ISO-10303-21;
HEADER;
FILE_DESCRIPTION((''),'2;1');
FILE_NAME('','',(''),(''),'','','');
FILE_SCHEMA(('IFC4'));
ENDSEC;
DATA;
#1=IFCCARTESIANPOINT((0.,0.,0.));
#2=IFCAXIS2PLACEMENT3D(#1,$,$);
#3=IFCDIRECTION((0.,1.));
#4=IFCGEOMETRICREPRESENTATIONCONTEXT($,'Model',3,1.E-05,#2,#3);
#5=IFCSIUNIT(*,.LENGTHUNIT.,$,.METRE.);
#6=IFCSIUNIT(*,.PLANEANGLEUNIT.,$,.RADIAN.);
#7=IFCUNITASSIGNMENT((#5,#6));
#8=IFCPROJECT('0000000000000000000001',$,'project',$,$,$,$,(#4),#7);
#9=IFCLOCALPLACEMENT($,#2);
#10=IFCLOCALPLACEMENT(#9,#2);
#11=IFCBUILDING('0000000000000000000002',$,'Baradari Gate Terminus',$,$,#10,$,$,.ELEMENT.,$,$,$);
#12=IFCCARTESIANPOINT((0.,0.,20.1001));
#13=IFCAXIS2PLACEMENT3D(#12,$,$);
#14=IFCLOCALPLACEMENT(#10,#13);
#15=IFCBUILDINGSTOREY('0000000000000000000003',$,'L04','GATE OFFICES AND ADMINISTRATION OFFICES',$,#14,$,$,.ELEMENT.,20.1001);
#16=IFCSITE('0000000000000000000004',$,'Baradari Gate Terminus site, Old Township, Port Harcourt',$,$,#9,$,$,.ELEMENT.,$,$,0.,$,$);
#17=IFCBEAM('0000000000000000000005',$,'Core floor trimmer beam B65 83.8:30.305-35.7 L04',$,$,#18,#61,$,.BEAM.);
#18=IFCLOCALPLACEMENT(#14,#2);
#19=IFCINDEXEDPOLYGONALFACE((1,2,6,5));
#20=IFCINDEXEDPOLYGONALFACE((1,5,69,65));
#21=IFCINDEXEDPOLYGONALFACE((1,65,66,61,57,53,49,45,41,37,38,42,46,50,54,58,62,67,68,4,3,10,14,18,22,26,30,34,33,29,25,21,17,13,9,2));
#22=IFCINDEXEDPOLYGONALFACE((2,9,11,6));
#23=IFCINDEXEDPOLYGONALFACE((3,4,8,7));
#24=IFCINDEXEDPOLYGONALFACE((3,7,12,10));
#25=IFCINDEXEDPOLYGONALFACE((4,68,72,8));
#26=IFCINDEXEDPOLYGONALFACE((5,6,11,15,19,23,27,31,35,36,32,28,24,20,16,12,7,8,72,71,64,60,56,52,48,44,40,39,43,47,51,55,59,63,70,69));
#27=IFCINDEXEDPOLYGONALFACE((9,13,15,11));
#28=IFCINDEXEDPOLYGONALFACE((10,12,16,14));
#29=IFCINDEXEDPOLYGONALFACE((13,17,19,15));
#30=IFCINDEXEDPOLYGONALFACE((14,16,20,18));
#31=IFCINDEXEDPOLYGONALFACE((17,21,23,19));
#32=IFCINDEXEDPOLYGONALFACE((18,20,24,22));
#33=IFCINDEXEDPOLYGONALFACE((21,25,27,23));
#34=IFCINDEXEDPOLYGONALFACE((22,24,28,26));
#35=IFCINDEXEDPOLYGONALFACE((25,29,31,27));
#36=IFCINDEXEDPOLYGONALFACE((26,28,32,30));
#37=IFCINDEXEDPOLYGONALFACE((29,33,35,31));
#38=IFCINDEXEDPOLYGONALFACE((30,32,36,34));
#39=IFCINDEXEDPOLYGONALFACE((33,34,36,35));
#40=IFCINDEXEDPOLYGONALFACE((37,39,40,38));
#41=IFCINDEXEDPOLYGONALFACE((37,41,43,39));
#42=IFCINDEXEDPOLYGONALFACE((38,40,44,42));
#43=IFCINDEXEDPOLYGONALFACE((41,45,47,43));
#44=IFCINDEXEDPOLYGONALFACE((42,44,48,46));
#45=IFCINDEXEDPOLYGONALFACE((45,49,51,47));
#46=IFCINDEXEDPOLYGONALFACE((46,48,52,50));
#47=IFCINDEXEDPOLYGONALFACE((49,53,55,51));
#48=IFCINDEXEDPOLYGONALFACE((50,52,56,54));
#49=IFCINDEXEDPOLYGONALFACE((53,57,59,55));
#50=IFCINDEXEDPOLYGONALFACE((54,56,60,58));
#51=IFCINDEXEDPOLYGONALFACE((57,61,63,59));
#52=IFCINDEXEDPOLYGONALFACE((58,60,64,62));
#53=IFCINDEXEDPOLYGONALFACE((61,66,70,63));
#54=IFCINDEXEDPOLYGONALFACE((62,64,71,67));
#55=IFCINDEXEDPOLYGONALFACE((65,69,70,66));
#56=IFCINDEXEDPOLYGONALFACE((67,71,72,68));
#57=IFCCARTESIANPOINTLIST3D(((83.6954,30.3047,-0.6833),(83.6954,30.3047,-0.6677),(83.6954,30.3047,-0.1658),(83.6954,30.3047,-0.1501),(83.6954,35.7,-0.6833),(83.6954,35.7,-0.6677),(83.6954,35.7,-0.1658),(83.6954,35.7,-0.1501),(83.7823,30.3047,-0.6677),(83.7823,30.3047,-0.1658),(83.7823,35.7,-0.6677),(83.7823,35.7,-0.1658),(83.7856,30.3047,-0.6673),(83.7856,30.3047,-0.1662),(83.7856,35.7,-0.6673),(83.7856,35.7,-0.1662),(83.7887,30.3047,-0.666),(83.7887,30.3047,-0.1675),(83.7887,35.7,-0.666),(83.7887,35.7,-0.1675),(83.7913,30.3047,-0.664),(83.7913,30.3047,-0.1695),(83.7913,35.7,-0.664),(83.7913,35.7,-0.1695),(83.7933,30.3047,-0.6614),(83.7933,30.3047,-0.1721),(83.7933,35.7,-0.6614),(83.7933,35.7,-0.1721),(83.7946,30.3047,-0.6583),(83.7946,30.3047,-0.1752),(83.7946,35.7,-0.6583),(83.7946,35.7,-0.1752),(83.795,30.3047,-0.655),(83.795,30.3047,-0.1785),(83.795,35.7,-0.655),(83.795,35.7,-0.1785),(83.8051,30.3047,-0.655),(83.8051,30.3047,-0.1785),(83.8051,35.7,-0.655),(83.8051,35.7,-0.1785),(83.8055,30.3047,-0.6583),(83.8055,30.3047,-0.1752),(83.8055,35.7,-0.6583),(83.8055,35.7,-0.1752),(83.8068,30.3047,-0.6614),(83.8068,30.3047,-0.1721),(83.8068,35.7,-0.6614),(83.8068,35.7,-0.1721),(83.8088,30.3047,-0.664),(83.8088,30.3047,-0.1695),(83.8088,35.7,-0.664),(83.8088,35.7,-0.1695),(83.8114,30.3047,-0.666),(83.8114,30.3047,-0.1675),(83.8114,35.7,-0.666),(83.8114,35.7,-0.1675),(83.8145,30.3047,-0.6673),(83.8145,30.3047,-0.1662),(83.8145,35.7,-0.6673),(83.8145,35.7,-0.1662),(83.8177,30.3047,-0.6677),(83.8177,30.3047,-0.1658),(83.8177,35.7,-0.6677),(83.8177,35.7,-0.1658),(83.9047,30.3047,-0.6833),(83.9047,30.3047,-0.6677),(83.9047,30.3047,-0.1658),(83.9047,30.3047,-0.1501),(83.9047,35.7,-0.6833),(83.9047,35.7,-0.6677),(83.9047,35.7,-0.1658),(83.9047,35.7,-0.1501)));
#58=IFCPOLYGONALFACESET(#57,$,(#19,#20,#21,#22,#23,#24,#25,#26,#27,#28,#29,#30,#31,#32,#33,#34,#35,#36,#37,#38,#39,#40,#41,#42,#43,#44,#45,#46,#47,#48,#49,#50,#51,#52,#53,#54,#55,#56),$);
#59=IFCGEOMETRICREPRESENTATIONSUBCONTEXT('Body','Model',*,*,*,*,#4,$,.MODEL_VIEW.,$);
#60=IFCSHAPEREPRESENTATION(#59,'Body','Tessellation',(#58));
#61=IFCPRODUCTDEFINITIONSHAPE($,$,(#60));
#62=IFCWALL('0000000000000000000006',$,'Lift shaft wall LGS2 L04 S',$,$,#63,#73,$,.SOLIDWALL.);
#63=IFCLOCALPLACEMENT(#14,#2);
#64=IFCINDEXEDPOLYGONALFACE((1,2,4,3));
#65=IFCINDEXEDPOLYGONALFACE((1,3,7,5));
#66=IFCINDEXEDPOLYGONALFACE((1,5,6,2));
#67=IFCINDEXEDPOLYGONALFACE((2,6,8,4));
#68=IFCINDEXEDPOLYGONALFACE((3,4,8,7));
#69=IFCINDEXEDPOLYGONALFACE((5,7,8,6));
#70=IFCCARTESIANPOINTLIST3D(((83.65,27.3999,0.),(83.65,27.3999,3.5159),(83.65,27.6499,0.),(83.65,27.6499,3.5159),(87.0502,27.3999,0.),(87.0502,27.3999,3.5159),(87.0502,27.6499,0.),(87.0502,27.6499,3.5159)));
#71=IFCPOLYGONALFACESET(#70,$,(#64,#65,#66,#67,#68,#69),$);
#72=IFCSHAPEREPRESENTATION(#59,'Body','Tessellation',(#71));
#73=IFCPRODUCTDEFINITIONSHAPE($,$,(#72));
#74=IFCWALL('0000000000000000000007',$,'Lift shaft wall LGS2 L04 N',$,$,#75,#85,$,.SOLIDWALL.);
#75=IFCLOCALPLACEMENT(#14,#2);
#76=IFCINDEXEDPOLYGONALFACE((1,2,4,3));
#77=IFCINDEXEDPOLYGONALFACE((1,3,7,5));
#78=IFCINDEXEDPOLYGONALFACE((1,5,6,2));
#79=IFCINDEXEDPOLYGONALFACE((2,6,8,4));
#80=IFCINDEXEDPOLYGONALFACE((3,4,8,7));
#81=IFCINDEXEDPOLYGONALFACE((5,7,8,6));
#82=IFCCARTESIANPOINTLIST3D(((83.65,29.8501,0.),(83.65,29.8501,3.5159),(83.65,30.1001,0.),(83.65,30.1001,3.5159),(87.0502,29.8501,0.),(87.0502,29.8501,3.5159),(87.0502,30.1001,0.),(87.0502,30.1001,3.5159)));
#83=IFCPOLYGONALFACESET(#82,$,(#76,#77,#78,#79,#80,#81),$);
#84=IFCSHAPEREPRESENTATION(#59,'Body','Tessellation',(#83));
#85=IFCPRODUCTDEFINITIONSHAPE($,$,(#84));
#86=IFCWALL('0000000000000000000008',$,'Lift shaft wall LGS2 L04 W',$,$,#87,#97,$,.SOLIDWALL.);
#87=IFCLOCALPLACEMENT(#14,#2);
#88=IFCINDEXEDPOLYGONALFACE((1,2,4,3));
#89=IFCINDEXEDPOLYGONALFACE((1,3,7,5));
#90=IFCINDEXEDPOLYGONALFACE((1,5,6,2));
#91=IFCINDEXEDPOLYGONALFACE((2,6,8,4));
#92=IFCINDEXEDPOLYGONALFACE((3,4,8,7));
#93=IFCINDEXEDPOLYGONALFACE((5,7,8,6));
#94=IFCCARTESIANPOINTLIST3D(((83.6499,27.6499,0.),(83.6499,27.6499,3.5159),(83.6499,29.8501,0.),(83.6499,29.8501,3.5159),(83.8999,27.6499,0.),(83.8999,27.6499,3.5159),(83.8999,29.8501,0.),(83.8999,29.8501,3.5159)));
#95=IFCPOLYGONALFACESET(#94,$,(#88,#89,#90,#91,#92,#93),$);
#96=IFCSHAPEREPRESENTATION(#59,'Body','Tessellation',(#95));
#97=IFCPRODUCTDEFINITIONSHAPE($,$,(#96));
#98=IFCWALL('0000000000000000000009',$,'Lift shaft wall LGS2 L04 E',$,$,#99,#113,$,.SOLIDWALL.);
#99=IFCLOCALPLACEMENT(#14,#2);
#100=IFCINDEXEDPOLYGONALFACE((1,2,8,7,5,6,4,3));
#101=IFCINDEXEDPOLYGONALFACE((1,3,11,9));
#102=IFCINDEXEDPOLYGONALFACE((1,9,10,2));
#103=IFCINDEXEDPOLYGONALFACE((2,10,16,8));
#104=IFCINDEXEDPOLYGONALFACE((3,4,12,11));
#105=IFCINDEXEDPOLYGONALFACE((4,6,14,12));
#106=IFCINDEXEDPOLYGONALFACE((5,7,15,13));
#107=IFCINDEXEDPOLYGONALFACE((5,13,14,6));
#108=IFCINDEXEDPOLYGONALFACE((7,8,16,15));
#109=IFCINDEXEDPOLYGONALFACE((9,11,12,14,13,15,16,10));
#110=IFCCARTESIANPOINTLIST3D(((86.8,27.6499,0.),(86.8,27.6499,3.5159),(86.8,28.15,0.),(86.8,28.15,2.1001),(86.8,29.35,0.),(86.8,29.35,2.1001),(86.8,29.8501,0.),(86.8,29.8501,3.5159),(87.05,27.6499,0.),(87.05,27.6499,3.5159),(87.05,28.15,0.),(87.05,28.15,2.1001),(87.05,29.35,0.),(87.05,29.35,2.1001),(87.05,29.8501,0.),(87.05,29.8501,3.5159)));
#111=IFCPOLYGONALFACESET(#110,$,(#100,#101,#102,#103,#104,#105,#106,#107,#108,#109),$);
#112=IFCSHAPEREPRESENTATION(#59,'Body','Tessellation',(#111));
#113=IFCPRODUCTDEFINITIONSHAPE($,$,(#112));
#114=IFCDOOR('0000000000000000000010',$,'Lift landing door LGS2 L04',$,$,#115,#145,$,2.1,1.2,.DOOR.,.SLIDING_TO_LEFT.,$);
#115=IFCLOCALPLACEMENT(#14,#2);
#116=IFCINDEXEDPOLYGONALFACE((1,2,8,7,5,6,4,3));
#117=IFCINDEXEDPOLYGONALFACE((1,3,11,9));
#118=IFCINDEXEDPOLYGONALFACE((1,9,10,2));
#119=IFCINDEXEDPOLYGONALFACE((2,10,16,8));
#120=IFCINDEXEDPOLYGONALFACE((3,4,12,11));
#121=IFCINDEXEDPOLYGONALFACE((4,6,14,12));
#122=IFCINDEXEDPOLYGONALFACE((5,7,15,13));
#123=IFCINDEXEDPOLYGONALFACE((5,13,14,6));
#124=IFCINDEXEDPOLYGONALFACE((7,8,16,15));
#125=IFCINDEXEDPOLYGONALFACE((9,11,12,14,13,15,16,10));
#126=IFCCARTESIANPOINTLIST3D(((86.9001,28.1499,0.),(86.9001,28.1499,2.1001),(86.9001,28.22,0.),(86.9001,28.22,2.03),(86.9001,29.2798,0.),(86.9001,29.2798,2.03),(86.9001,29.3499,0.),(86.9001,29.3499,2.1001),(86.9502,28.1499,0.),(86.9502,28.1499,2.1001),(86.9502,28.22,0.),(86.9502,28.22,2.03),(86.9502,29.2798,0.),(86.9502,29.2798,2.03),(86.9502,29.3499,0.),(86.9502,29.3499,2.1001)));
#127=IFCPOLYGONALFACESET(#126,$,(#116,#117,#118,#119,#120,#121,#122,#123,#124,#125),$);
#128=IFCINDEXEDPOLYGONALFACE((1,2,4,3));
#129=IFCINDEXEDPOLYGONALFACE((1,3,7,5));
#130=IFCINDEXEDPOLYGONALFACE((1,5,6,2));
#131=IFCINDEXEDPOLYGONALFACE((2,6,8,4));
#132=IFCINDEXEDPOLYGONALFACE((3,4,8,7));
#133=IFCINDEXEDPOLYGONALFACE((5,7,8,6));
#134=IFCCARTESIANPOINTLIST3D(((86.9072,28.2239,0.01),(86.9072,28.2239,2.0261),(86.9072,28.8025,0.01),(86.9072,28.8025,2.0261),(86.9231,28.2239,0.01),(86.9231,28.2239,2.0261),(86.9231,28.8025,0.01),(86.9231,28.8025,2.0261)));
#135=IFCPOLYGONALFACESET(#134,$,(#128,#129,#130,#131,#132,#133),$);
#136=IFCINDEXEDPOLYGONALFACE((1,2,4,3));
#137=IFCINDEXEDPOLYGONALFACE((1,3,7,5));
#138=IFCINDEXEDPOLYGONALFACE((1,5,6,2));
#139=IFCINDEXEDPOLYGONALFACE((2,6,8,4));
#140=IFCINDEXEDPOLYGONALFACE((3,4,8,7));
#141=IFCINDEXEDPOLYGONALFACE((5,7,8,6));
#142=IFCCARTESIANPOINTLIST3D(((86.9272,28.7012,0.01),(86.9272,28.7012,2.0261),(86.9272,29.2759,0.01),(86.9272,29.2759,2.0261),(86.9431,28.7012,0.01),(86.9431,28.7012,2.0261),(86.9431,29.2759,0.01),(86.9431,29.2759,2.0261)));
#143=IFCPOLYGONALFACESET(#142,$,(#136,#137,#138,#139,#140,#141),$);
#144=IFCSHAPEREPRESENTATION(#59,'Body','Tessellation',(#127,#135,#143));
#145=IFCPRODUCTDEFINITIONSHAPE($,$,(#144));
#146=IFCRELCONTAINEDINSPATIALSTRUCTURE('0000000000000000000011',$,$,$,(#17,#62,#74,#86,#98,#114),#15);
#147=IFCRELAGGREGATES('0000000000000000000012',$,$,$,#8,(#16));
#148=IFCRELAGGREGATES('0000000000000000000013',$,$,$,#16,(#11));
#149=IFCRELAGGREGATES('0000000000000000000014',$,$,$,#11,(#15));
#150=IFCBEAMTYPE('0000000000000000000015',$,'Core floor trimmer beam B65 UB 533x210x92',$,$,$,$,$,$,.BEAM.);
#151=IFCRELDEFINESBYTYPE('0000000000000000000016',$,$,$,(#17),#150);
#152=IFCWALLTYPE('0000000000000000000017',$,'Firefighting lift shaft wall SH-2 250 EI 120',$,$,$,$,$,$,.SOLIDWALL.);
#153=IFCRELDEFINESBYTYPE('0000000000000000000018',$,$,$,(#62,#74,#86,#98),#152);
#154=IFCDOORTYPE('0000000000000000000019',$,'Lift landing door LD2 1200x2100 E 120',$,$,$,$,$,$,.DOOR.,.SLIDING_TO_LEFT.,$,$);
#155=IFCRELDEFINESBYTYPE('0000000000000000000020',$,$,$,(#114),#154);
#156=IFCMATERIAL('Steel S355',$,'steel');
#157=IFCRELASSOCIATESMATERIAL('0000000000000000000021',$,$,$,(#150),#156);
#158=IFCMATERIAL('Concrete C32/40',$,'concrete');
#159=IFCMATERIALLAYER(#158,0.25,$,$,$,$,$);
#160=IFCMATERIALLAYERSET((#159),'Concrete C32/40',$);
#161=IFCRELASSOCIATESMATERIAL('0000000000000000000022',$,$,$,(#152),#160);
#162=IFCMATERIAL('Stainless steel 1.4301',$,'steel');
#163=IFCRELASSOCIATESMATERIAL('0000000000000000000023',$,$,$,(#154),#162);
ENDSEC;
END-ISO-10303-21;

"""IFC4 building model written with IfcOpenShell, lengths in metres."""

from ifc_helpers import new_model, si_unit, direction, frame, frame_2d, origin, origin_2d, place, context, subcontext, project, spatial, polyline, rectangle, i_section, outline, extrude, material, layer, layer_set, material_profile, profile_set, type_object, element, fill, save


model = new_model("IFC4")

# Units and contexts
model_context = context("Model", 3, precision=1e-05, world=origin(), true_north=direction((0.0, 1.0)))
body_context = subcontext(model_context, "Body", "Model", "MODEL_VIEW")
ifc_project = project(units=[si_unit("LENGTHUNIT", "METRE"), si_unit("PLANEANGLEUNIT", "RADIAN")], contexts=[model_context])

# Site, building, storey
site_placement = place(None, origin())
site = spatial("IfcSite", under=ifc_project, at=site_placement, Name="Baradari Gate Terminus site, Old Township, Port Harcourt", CompositionType="ELEMENT", RefElevation=0.0)
building_placement = place(site_placement, origin())
building = spatial("IfcBuilding", under=site, at=building_placement, Name="Baradari Gate Terminus", CompositionType="ELEMENT")
storey_placement = place(building_placement, frame((0.0, 0.0, 20.1001)))
storey = spatial("IfcBuildingStorey", under=building, at=storey_placement, Name="L04", Description="GATE OFFICES AND ADMINISTRATION OFFICES", CompositionType="ELEMENT", Elevation=20.1001)

# Beam
ifc_material_1 = material(Name="Steel S355", Category="steel")
ifc_material_profile_1 = material_profile(ifc_material_1, i_section(OverallWidth=0.2092, OverallDepth=0.5332, WebThickness=0.01, FlangeThickness=0.0156, FilletRadius=0.0127, at=origin_2d()), Name="UB 533x210x92")
ifc_profile_set_1 = profile_set([ifc_material_profile_1], Name="Steel S355")
beam_type_1 = type_object("IfcBeamType", Name="Core floor trimmer beam B65 UB 533x210x92", PredefinedType="BEAM", material=ifc_profile_set_1)
beam_1_placement = place(storey_placement, frame((83.8, 30.3047, -0.4167), z_axis=(0.0, 1.0, 0.0), x_axis=(-1.0, 0.0, 0.0)))
element("IfcBeam", 1, at=beam_1_placement, inside=storey, type_object=beam_type_1, Name="Core floor trimmer beam B65 83.8:30.305-35.7 L04", PredefinedType="BEAM", context=body_context, shape_type="SweptSolid", body=[
    extrude(i_section(OverallWidth=0.2092, OverallDepth=0.5332, WebThickness=0.01, FlangeThickness=0.0156, FilletRadius=0.0127, at=origin_2d()), origin(), (0.0, 0.0, 1.0), 5.3953),
])

# Walls
ifc_material_2 = material(Name="Concrete C32/40", Category="concrete")
ifc_layer_1 = layer(ifc_material_2, 0.25)
ifc_layer_set_1 = layer_set([ifc_layer_1], Name="Concrete C32/40")
wall_type_1 = type_object("IfcWallType", Name="Firefighting lift shaft wall SH-2 250 EI 120", PredefinedType="SOLIDWALL", material=ifc_layer_set_1)
for number, where, z_axis, x_axis, name in (
    (2, (83.6499, 27.5249, 0.0), (0.0, 0.0, 1.0), (1.0, 0.0, 0.0), "Lift shaft wall LGS2 L04 S"),
    (3, (83.6499, 29.9751, 0.0), (0.0, 0.0, 1.0), (1.0, 0.0, 0.0), "Lift shaft wall LGS2 L04 N"),
):
    element("IfcWall", number, at=place(storey_placement, frame(where, z_axis=z_axis, x_axis=x_axis)), inside=storey, type_object=wall_type_1, Name=name, PredefinedType="SOLIDWALL", context=body_context, shape_type="SweptSolid", body=[
        extrude(rectangle(XDim=3.4001, YDim=0.25, at=frame_2d((1.7002, 0.0))), origin(), (0.0, 0.0, 1.0), 3.5159),
    ])
wall_1_placement = place(storey_placement, frame((83.7749, 27.6499, 0.0), z_axis=(0.0, 0.0, 1.0), x_axis=(0.0, 1.0, 0.0)))
element("IfcWall", 4, at=wall_1_placement, inside=storey, type_object=wall_type_1, Name="Lift shaft wall LGS2 L04 W", PredefinedType="SOLIDWALL", context=body_context, shape_type="SweptSolid", body=[
    extrude(rectangle(XDim=2.2002, YDim=0.25, at=frame_2d((1.1001, 0.0))), origin(), (0.0, 0.0, 1.0), 3.5159),
])

# Wall, opening, door
wall_2_placement = place(storey_placement, frame((86.925, 27.6499, 0.0), z_axis=(0.0, 0.0, 1.0), x_axis=(0.0, 1.0, 0.0)))
wall_2 = element("IfcWall", 5, at=wall_2_placement, inside=storey, type_object=wall_type_1, Name="Lift shaft wall LGS2 L04 E", PredefinedType="SOLIDWALL", context=body_context, shape_type="SweptSolid", body=[
    extrude(rectangle(XDim=2.2002, YDim=0.25, at=frame_2d((1.1001, 0.0))), origin(), (0.0, 0.0, 1.0), 3.5159),
])
opening_1_placement = place(wall_2_placement, frame((0.5, 0.0, 0.0)))
opening_1 = element("IfcOpeningElement", 6, at=opening_1_placement, cuts=wall_2, PredefinedType="OPENING", context=body_context, shape_type="SweptSolid", body=[
    extrude(rectangle(XDim=1.2, YDim=2.1001, at=frame_2d((0.6001, 1.05))), frame((0.0, 0.135, 0.0), z_axis=(0.0, -1.0, 0.0), x_axis=(1.0, 0.0, 0.0)), (0.0, 0.0, 1.0), 0.27),
])
ifc_material_3 = material(Name="Stainless steel 1.4301", Category="steel")
door_type_1 = type_object("IfcDoorType", Name="Lift landing door LD2 1200x2100 E 120", OperationType="SLIDING_TO_LEFT", PredefinedType="DOOR", material=ifc_material_3)
door_1_placement = place(opening_1_placement, origin())
door_1 = element("IfcDoor", 7, at=door_1_placement, inside=storey, type_object=door_type_1, Name="Lift landing door LGS2 L04", OperationType="SLIDING_TO_LEFT", OverallHeight=2.1, OverallWidth=1.2, PredefinedType="DOOR", context=body_context, shape_type="SweptSolid", body=[
    extrude(outline(polyline([(0.0, 0.0), (0.0701, 0.0), (0.0701, 2.03), (1.1299, 2.03), (1.1299, 0.0), (1.2, 0.0), (1.2, 2.1001), (0.0, 2.1001), (0.0, 0.0)])), frame((0.0, 0.0249, 0.0), z_axis=(0.0, -1.0, 0.0), x_axis=(1.0, 0.0, 0.0)), (0.0, 0.0, 1.0), 0.05),
    extrude(rectangle(XDim=0.5786, YDim=2.0161, at=frame_2d((0.3633, 1.0181))), frame((0.0, 0.0178, 0.0), z_axis=(0.0, -1.0, 0.0), x_axis=(1.0, 0.0, 0.0)), (0.0, 0.0, 1.0), 0.0159),
    extrude(rectangle(XDim=0.5747, YDim=2.0161, at=frame_2d((0.8386, 1.0181))), frame((0.0, -0.0022, 0.0), z_axis=(0.0, -1.0, 0.0), x_axis=(1.0, 0.0, 0.0)), (0.0, 0.0, 1.0), 0.0159),
])
fill(opening_1, door_1)

save(model, "model.ifc")
